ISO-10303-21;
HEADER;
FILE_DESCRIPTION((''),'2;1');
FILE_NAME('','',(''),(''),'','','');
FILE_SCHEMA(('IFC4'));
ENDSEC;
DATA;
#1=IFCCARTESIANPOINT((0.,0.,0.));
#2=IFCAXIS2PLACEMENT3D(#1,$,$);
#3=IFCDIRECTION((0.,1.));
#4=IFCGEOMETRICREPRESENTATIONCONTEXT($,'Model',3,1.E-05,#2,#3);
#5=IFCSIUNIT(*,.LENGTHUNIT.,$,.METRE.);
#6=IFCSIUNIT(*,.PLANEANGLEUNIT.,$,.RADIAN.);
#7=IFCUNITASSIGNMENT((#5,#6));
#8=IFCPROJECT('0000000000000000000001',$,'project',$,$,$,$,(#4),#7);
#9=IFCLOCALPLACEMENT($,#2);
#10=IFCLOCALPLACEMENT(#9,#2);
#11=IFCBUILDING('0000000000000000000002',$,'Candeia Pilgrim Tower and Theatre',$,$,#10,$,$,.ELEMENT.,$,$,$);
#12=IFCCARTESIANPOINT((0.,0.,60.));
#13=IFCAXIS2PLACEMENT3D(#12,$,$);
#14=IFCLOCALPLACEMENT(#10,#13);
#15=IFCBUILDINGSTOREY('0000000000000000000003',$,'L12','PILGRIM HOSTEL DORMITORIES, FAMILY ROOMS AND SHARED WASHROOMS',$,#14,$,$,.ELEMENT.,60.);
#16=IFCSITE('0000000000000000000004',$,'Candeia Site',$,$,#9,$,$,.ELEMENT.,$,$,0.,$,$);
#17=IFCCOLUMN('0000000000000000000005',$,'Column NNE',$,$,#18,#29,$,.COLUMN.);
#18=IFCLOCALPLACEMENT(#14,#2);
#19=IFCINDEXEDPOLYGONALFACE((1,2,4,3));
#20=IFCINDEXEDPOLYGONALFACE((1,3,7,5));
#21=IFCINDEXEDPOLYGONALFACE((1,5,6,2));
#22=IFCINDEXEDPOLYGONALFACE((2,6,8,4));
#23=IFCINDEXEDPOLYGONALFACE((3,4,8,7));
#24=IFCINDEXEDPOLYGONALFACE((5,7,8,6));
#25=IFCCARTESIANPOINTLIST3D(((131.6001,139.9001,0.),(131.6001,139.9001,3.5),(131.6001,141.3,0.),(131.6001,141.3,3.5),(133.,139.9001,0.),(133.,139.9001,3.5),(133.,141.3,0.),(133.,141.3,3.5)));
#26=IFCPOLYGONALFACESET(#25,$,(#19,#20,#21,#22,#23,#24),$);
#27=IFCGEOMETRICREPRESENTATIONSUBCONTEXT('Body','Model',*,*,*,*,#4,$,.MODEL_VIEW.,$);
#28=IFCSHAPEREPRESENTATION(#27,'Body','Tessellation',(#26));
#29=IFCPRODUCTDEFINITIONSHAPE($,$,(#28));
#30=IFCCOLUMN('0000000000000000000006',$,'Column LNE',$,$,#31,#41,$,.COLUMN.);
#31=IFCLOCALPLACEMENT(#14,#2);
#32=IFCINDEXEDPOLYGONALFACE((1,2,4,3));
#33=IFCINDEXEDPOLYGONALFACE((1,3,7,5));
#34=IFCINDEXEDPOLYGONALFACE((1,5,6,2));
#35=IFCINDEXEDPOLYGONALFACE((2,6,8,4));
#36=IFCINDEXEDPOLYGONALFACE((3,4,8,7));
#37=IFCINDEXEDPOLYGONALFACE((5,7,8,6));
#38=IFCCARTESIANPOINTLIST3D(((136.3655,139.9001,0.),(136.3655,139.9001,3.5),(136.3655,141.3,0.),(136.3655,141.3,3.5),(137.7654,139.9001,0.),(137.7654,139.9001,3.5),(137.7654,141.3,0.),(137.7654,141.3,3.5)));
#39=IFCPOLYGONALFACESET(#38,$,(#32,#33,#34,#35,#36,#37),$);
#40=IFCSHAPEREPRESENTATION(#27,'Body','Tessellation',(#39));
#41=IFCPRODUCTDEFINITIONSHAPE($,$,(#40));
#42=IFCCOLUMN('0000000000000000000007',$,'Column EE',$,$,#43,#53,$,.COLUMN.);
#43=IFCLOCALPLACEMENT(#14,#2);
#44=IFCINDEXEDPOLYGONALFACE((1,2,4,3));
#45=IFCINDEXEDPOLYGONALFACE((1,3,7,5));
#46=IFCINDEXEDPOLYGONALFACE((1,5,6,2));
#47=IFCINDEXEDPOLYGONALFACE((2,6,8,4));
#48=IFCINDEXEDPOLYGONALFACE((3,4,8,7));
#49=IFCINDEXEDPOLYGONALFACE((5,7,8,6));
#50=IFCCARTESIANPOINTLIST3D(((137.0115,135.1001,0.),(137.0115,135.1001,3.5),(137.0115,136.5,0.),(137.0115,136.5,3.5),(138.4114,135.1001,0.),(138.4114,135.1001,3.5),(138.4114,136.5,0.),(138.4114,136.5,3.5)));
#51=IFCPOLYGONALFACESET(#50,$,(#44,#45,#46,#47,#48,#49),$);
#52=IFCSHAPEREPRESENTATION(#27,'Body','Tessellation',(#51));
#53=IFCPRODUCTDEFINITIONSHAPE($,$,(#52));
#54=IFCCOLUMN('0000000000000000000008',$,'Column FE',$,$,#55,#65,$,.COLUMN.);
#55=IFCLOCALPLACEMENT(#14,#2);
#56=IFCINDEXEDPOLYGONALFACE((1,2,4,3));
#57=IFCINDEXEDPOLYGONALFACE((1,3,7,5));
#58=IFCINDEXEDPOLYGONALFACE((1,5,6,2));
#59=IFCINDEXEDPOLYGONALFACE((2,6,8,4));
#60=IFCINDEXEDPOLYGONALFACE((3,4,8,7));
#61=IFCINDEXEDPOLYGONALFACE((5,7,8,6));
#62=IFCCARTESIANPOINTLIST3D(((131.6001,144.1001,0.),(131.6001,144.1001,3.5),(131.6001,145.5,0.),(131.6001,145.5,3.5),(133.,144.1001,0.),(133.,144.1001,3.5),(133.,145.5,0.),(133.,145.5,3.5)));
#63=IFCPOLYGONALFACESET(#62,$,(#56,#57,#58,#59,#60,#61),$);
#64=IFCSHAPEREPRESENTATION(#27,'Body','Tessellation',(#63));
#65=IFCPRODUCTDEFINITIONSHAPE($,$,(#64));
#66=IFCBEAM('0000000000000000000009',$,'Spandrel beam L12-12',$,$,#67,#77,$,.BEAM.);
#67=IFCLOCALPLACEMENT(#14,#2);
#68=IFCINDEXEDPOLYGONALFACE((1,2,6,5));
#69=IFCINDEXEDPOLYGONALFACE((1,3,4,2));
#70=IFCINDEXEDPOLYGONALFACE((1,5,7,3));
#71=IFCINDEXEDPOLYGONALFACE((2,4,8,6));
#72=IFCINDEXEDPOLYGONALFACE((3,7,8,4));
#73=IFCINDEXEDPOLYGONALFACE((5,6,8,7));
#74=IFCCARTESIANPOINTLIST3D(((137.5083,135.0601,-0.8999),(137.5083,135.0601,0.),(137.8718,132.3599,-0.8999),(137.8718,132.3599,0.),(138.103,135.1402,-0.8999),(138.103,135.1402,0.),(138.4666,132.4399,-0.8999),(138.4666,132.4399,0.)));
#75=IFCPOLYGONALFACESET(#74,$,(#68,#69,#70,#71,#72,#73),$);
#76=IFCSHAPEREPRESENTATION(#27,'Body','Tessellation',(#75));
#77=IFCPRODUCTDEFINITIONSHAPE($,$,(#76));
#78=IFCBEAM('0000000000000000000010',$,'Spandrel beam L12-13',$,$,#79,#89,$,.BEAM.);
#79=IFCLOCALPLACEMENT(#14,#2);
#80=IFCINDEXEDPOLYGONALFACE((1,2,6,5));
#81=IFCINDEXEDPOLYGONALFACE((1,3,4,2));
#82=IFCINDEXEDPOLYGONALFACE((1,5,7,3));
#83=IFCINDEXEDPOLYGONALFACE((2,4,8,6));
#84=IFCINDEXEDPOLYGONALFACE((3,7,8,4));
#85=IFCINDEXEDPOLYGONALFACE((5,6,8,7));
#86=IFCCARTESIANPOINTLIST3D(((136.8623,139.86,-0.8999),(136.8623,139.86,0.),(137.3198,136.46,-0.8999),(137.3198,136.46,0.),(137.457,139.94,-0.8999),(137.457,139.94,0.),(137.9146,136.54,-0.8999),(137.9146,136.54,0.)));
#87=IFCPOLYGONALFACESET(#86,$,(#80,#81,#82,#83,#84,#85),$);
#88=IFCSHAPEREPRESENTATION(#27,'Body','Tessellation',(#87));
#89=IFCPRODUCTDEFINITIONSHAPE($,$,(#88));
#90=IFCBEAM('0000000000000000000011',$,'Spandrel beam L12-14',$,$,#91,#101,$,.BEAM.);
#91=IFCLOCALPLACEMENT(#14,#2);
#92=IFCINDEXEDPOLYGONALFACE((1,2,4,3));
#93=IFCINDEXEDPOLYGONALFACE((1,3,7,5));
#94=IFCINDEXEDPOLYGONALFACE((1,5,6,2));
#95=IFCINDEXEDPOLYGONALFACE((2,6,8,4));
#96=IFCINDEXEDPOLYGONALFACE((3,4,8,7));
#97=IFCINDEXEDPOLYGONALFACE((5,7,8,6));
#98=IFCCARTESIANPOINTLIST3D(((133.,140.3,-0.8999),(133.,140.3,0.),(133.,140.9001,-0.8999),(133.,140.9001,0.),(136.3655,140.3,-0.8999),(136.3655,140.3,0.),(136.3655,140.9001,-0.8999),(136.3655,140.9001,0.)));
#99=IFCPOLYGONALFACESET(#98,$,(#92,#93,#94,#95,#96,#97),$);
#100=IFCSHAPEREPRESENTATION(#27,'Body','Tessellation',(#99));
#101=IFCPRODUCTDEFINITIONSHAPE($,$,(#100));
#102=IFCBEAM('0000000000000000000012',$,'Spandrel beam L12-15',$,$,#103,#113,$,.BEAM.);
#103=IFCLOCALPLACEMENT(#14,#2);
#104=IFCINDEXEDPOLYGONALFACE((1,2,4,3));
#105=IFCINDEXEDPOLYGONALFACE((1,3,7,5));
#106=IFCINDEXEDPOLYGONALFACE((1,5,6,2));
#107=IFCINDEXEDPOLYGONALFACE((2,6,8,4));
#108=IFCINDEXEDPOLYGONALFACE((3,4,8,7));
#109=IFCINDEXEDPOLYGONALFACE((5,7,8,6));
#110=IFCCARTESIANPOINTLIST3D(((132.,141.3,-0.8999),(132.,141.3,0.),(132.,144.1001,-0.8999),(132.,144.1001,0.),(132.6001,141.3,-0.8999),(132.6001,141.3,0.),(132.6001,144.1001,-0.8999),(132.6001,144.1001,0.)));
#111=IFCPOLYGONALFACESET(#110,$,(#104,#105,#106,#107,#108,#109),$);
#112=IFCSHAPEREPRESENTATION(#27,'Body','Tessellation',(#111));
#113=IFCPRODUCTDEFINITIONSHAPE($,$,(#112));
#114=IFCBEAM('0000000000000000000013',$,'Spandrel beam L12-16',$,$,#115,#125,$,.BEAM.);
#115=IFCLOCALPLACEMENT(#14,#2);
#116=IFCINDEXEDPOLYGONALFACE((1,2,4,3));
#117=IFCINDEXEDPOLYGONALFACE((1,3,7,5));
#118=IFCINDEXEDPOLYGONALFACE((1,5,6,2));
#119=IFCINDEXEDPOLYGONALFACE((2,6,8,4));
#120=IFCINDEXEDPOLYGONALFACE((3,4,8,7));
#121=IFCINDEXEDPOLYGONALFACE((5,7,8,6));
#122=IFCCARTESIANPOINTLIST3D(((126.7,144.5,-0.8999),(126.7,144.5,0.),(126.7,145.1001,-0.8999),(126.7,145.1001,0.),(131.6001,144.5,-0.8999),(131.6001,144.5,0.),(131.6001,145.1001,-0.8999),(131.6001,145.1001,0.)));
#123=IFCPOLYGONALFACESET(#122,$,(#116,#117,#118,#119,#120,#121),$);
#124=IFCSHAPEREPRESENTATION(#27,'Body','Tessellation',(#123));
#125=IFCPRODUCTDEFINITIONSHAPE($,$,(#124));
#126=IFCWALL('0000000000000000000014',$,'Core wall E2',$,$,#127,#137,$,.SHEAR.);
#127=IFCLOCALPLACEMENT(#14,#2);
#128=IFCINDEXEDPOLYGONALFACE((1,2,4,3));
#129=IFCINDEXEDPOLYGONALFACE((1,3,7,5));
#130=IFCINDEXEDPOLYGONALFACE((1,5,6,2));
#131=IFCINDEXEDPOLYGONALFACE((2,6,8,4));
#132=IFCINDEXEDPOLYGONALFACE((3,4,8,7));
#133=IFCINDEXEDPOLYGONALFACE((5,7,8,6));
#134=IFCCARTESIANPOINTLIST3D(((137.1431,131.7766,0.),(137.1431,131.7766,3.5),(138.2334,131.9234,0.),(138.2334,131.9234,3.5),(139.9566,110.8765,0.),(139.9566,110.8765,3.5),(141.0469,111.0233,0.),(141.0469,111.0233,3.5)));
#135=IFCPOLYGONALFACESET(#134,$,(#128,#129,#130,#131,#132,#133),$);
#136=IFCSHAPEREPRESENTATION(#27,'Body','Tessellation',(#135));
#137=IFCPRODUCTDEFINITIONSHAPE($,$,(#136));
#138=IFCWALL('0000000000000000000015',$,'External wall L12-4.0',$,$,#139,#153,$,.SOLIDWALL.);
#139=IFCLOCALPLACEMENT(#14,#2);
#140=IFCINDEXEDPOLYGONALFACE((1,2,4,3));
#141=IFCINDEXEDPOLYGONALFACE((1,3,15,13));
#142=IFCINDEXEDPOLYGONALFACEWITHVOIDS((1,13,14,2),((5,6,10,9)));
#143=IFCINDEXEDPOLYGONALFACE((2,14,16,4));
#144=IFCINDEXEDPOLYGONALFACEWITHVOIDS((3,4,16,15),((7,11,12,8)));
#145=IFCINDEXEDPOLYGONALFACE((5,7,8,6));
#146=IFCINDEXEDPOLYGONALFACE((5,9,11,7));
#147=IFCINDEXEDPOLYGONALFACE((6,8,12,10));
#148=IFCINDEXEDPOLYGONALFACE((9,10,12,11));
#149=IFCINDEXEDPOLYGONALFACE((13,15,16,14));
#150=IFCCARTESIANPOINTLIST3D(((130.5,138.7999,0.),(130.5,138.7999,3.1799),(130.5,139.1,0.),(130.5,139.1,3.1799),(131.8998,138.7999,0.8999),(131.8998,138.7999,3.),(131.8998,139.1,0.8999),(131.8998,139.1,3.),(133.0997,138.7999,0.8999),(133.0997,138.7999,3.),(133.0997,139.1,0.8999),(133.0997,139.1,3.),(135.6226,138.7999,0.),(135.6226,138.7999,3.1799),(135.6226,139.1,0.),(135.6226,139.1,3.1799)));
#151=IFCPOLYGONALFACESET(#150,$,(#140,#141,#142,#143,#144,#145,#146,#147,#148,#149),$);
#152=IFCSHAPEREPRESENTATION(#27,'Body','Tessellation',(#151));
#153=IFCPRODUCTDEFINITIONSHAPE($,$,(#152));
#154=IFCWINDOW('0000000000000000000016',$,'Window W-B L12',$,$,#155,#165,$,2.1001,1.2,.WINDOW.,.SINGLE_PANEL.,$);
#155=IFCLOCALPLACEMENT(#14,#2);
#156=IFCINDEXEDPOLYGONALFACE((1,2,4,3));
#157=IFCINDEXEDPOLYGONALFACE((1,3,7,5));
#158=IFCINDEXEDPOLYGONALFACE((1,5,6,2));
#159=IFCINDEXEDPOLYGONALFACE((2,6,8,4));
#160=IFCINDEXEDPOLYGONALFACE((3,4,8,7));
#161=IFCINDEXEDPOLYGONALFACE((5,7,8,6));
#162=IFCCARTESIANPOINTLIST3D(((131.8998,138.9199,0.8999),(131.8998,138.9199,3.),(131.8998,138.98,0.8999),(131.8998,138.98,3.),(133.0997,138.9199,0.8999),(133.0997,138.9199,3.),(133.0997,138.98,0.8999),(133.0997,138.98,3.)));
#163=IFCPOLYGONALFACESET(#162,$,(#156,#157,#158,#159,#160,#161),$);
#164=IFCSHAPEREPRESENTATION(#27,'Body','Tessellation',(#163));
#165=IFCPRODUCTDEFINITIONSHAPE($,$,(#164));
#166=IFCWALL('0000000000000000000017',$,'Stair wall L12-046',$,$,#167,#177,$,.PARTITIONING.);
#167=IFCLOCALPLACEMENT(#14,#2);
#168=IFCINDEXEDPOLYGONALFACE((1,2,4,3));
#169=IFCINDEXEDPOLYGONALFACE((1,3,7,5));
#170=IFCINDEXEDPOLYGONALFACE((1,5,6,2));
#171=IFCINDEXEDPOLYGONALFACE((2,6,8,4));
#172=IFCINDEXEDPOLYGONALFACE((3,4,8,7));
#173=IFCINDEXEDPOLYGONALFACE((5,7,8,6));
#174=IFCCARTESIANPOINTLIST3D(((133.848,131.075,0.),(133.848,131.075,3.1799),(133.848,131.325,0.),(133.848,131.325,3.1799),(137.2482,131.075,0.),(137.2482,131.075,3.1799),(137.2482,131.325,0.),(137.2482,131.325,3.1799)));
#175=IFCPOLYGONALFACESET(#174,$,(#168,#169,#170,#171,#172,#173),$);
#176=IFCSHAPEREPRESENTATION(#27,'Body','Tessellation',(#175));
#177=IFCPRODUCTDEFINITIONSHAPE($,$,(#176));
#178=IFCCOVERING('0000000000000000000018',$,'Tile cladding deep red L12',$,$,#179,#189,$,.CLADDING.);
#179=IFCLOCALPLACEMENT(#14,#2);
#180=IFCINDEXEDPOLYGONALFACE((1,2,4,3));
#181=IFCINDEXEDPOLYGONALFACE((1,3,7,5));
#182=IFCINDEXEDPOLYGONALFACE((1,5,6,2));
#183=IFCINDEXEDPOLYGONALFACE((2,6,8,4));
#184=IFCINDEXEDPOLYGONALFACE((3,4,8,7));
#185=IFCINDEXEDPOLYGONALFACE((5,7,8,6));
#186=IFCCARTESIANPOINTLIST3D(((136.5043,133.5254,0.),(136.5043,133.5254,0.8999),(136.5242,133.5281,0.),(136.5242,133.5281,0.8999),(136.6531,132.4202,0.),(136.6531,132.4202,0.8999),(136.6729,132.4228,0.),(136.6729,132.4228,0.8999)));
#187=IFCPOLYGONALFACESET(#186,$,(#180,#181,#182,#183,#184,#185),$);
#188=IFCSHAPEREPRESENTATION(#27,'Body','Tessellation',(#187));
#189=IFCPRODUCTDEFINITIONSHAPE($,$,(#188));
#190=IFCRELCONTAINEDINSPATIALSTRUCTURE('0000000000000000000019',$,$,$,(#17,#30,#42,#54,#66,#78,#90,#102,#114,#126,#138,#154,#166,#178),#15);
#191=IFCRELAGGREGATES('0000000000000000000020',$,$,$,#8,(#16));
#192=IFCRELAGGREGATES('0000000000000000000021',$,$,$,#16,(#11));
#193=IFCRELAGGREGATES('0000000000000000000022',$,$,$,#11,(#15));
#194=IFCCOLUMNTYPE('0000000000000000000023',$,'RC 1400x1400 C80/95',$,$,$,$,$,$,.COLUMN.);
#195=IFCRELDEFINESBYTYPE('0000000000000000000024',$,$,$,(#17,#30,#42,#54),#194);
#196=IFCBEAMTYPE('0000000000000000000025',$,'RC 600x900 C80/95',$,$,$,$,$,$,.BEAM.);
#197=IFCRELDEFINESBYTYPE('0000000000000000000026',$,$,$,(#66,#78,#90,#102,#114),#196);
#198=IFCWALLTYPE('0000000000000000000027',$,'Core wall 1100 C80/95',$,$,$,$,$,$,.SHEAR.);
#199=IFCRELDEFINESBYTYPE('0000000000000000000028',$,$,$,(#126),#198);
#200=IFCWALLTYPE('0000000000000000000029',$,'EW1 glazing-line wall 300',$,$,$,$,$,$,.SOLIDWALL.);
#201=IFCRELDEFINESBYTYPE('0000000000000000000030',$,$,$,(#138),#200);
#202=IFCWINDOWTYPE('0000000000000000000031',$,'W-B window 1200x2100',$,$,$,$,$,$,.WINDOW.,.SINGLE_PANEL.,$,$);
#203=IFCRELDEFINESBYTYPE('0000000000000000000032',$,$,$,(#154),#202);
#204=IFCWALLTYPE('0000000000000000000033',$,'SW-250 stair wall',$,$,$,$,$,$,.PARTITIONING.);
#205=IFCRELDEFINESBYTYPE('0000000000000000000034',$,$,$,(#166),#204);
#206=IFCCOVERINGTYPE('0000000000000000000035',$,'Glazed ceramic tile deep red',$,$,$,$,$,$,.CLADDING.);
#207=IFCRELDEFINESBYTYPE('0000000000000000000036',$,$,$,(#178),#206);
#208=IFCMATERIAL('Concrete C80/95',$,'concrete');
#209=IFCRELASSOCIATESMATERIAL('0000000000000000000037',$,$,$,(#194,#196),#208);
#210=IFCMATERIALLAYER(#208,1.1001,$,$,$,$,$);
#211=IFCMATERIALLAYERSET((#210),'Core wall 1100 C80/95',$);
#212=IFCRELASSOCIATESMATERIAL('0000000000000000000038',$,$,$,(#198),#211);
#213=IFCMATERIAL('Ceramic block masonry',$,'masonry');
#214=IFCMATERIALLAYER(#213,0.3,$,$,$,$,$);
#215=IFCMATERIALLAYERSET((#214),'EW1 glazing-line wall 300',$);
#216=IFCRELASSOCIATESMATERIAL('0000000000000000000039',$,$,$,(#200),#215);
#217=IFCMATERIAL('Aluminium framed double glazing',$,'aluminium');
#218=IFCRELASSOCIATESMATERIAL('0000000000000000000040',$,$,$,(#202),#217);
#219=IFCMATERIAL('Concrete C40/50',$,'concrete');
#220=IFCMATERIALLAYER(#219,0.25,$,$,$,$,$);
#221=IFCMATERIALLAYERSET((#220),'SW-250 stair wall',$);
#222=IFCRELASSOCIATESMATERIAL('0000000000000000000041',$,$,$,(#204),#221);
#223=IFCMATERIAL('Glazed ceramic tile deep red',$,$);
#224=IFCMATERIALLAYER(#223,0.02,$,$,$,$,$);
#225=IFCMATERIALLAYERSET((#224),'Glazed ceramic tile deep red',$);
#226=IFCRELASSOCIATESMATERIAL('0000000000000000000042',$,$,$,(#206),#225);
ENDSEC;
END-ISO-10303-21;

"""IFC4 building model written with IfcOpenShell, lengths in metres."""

from ifc_helpers import new_model, si_unit, direction, frame, frame_2d, origin, origin_2d, place, context, subcontext, project, spatial, rectangle, extrude, material, layer, layer_set, material_profile, profile_set, type_object, element, fill, save


model = new_model("IFC4")

# Units and contexts
model_context = context("Model", 3, precision=1e-05, world=origin(), true_north=direction((0.0, 1.0)))
body_context = subcontext(model_context, "Body", "Model", "MODEL_VIEW")
ifc_project = project(units=[si_unit("LENGTHUNIT", "METRE"), si_unit("PLANEANGLEUNIT", "RADIAN")], contexts=[model_context])

# Site, building, storey
site_placement = place(None, origin())
site = spatial("IfcSite", under=ifc_project, at=site_placement, Name="Candeia Site", CompositionType="ELEMENT", RefElevation=0.0)
building_placement = place(site_placement, origin())
building = spatial("IfcBuilding", under=site, at=building_placement, Name="Candeia Pilgrim Tower and Theatre", CompositionType="ELEMENT")
storey_placement = place(building_placement, frame((0.0, 0.0, 60.0)))
storey = spatial("IfcBuildingStorey", under=building, at=storey_placement, Name="L12", Description="PILGRIM HOSTEL DORMITORIES, FAMILY ROOMS AND SHARED WASHROOMS", CompositionType="ELEMENT", Elevation=60.0)

# Columns
ifc_material_1 = material(Name="Concrete C80/95", Category="concrete")
ifc_material_profile_1 = material_profile(ifc_material_1, rectangle(XDim=1.3999, YDim=1.3999, at=origin_2d()))
ifc_profile_set_1 = profile_set([ifc_material_profile_1], Name="Concrete C80/95")
column_type = type_object("IfcColumnType", Name="RC 1400x1400 C80/95", PredefinedType="COLUMN", material=ifc_profile_set_1)
for number, where, z_axis, x_axis, name in (
    (1, (132.3, 140.6001, 0.0), (0.0, 0.0, 1.0), (1.0, 0.0, 0.0), "Column NNE"),
    (2, (137.0654, 140.6001, 0.0), (0.0, 0.0, 1.0), (1.0, 0.0, 0.0), "Column LNE"),
    (3, (137.7114, 135.8, 0.0), (0.0, 0.0, 1.0), (1.0, 0.0, 0.0), "Column EE"),
    (4, (132.3, 144.8, 0.0), (0.0, 0.0, 1.0), (1.0, 0.0, 0.0), "Column FE"),
):
    element("IfcColumn", number, at=place(storey_placement, frame(where, z_axis=z_axis, x_axis=x_axis)), inside=storey, type_object=column_type, Name=name, PredefinedType="COLUMN", context=body_context, shape_type="SweptSolid", body=[
        extrude(rectangle(XDim=1.3999, YDim=1.3999, at=origin_2d()), origin(), (0.0, 0.0, 1.0), 3.5),
    ])

# Beams
ifc_material_profile_2 = material_profile(ifc_material_1, rectangle(XDim=0.6001, YDim=0.8999, at=origin_2d()))
ifc_profile_set_2 = profile_set([ifc_material_profile_2], Name="Concrete C80/95")
beam_type = type_object("IfcBeamType", Name="RC 600x900 C80/95", PredefinedType="BEAM", material=ifc_profile_set_2)
beam_1_placement = place(storey_placement, frame((138.1692, 132.3999, -0.45), z_axis=(-0.133426, 0.991059, 0.0), x_axis=(-0.991059, -0.133426, 0.0)))
element("IfcBeam", 5, at=beam_1_placement, inside=storey, type_object=beam_type, Name="Spandrel beam L12-12", PredefinedType="BEAM", context=body_context, shape_type="SweptSolid", body=[
    extrude(rectangle(XDim=0.6001, YDim=0.8999, at=origin_2d()), origin(), (0.0, 0.0, 1.0), 2.7246),
])
beam_2_placement = place(storey_placement, frame((137.6172, 136.5, -0.45), z_axis=(-0.133366, 0.991067, 0.0), x_axis=(-0.991067, -0.133366, 0.0)))
element("IfcBeam", 6, at=beam_2_placement, inside=storey, type_object=beam_type, Name="Spandrel beam L12-13", PredefinedType="BEAM", context=body_context, shape_type="SweptSolid", body=[
    extrude(rectangle(XDim=0.6001, YDim=0.8999, at=origin_2d()), origin(), (0.0, 0.0, 1.0), 3.4307),
])
beam_3_placement = place(storey_placement, frame((136.3655, 140.6001, -0.45), z_axis=(-1.0, 0.0, 0.0), x_axis=(0.0, -1.0, 0.0)))
element("IfcBeam", 7, at=beam_3_placement, inside=storey, type_object=beam_type, Name="Spandrel beam L12-14", PredefinedType="BEAM", context=body_context, shape_type="SweptSolid", body=[
    extrude(rectangle(XDim=0.6001, YDim=0.8999, at=origin_2d()), origin(), (0.0, 0.0, 1.0), 3.3655),
])
beam_4_placement = place(storey_placement, frame((132.3, 141.3, -0.45), z_axis=(0.0, 1.0, 0.0), x_axis=(-1.0, 0.0, 0.0)))
element("IfcBeam", 8, at=beam_4_placement, inside=storey, type_object=beam_type, Name="Spandrel beam L12-15", PredefinedType="BEAM", context=body_context, shape_type="SweptSolid", body=[
    extrude(rectangle(XDim=0.6001, YDim=0.8999, at=origin_2d()), origin(), (0.0, 0.0, 1.0), 2.8),
])
beam_5_placement = place(storey_placement, frame((131.6001, 144.8, -0.45), z_axis=(-1.0, 0.0, 0.0), x_axis=(0.0, -1.0, 0.0)))
element("IfcBeam", 9, at=beam_5_placement, inside=storey, type_object=beam_type, Name="Spandrel beam L12-16", PredefinedType="BEAM", context=body_context, shape_type="SweptSolid", body=[
    extrude(rectangle(XDim=0.6001, YDim=0.8999, at=origin_2d()), origin(), (0.0, 0.0, 1.0), 4.9001),
])

# Wall
ifc_layer_1 = layer(ifc_material_1, 1.1001)
ifc_layer_set_1 = layer_set([ifc_layer_1], Name="Core wall 1100 C80/95")
wall_type_1 = type_object("IfcWallType", Name="Core wall 1100 C80/95", PredefinedType="SHEAR", material=ifc_layer_set_1)
wall_1_placement = place(storey_placement, frame((137.6882, 131.8501, 0.0), z_axis=(0.0, 0.0, 1.0), x_axis=(0.133412, -0.991061, 0.0)))
element("IfcWall", 10, at=wall_1_placement, inside=storey, type_object=wall_type_1, Name="Core wall E2", PredefinedType="SHEAR", context=body_context, shape_type="SweptSolid", body=[
    extrude(rectangle(XDim=21.0886, YDim=1.1001, at=frame_2d((10.5444, 0.0))), origin(), (0.0, 0.0, 1.0), 3.5),
])

# Shared definitions
ifc_material_2 = material(Name="Ceramic block masonry", Category="masonry")
ifc_layer_2 = layer(ifc_material_2, 0.3)
ifc_layer_set_2 = layer_set([ifc_layer_2], Name="EW1 glazing-line wall 300")
wall_type_2 = type_object("IfcWallType", Name="EW1 glazing-line wall 300", PredefinedType="SOLIDWALL", material=ifc_layer_set_2)
ifc_material_3 = material(Name="Aluminium framed double glazing", Category="aluminium")

# Wall, opening, window
wall_2_placement = place(storey_placement, frame((135.6226, 138.95, 0.0), z_axis=(0.0, 0.0, 1.0), x_axis=(-1.0, 0.0, 0.0)))
wall_2 = element("IfcWall", 11, at=wall_2_placement, inside=storey, type_object=wall_type_2, Name="External wall L12-4.0", PredefinedType="SOLIDWALL", context=body_context, shape_type="SweptSolid", body=[
    extrude(rectangle(XDim=5.1226, YDim=0.3, at=frame_2d((2.5613, 0.0))), origin(), (0.0, 0.0, 1.0), 3.1799),
])
opening_1_placement = place(wall_2_placement, frame((2.5227, 0.0, 0.8999)))
opening_1 = element("IfcOpeningElement", 12, at=opening_1_placement, cuts=wall_2, PredefinedType="OPENING", context=body_context, shape_type="SweptSolid", body=[
    extrude(rectangle(XDim=1.2, YDim=2.1001, at=frame_2d((0.6001, 1.05))), frame((0.0, 0.1602, 0.0), z_axis=(0.0, -1.0, 0.0), x_axis=(1.0, 0.0, 0.0)), (0.0, 0.0, 1.0), 0.3201),
])
window_type_1 = type_object("IfcWindowType", Name="W-B window 1200x2100", PartitioningType="SINGLE_PANEL", PredefinedType="WINDOW", material=ifc_material_3)
window_1_placement = place(opening_1_placement, origin())
window_1 = element("IfcWindow", 13, at=window_1_placement, inside=storey, type_object=window_type_1, Name="Window W-B L12", OverallHeight=2.1001, OverallWidth=1.2, PartitioningType="SINGLE_PANEL", PredefinedType="WINDOW", context=body_context, shape_type="SweptSolid", body=[
    extrude(rectangle(XDim=1.2, YDim=2.1001, at=frame_2d((0.6001, 1.05))), frame((0.0, 0.03, 0.0), z_axis=(0.0, -1.0, 0.0), x_axis=(1.0, 0.0, 0.0)), (0.0, 0.0, 1.0), 0.0601),
])
fill(opening_1, window_1)

# Wall
ifc_material_4 = material(Name="Concrete C40/50", Category="concrete")
ifc_layer_3 = layer(ifc_material_4, 0.25)
ifc_layer_set_3 = layer_set([ifc_layer_3], Name="SW-250 stair wall")
wall_type_3 = type_object("IfcWallType", Name="SW-250 stair wall", PredefinedType="PARTITIONING", material=ifc_layer_set_3)
wall_3_placement = place(storey_placement, frame((133.8479, 131.2, 0.0), z_axis=(0.0, 0.0, 1.0), x_axis=(1.0, 0.0, 0.0)))
element("IfcWall", 14, at=wall_3_placement, inside=storey, type_object=wall_type_3, Name="Stair wall L12-046", PredefinedType="PARTITIONING", context=body_context, shape_type="SweptSolid", body=[
    extrude(rectangle(XDim=3.4001, YDim=0.25, at=frame_2d((1.7002, 0.0))), origin(), (0.0, 0.0, 1.0), 3.1799),
])

# Covering
ifc_material_5 = material(Name="Glazed ceramic tile deep red")
ifc_layer_4 = layer(ifc_material_5, 0.02)
ifc_layer_set_4 = layer_set([ifc_layer_4], Name="Glazed ceramic tile deep red")
covering_type = type_object("IfcCoveringType", Name="Glazed ceramic tile deep red", PredefinedType="CLADDING", material=ifc_layer_set_4)
covering_1_placement = place(storey_placement, frame((136.5886, 132.9741, 0.0), z_axis=(0.0, 0.0, 1.0), x_axis=(-0.133412, 0.991061, 0.0)))
element("IfcCovering", 15, at=covering_1_placement, inside=storey, type_object=covering_type, Name="Tile cladding deep red L12", PredefinedType="CLADDING", context=body_context, shape_type="SweptSolid", body=[
    extrude(rectangle(XDim=1.1152, YDim=0.02, at=origin_2d()), origin(), (0.0, 0.0, 1.0), 0.8999),
])

save(model, "model.ifc")
